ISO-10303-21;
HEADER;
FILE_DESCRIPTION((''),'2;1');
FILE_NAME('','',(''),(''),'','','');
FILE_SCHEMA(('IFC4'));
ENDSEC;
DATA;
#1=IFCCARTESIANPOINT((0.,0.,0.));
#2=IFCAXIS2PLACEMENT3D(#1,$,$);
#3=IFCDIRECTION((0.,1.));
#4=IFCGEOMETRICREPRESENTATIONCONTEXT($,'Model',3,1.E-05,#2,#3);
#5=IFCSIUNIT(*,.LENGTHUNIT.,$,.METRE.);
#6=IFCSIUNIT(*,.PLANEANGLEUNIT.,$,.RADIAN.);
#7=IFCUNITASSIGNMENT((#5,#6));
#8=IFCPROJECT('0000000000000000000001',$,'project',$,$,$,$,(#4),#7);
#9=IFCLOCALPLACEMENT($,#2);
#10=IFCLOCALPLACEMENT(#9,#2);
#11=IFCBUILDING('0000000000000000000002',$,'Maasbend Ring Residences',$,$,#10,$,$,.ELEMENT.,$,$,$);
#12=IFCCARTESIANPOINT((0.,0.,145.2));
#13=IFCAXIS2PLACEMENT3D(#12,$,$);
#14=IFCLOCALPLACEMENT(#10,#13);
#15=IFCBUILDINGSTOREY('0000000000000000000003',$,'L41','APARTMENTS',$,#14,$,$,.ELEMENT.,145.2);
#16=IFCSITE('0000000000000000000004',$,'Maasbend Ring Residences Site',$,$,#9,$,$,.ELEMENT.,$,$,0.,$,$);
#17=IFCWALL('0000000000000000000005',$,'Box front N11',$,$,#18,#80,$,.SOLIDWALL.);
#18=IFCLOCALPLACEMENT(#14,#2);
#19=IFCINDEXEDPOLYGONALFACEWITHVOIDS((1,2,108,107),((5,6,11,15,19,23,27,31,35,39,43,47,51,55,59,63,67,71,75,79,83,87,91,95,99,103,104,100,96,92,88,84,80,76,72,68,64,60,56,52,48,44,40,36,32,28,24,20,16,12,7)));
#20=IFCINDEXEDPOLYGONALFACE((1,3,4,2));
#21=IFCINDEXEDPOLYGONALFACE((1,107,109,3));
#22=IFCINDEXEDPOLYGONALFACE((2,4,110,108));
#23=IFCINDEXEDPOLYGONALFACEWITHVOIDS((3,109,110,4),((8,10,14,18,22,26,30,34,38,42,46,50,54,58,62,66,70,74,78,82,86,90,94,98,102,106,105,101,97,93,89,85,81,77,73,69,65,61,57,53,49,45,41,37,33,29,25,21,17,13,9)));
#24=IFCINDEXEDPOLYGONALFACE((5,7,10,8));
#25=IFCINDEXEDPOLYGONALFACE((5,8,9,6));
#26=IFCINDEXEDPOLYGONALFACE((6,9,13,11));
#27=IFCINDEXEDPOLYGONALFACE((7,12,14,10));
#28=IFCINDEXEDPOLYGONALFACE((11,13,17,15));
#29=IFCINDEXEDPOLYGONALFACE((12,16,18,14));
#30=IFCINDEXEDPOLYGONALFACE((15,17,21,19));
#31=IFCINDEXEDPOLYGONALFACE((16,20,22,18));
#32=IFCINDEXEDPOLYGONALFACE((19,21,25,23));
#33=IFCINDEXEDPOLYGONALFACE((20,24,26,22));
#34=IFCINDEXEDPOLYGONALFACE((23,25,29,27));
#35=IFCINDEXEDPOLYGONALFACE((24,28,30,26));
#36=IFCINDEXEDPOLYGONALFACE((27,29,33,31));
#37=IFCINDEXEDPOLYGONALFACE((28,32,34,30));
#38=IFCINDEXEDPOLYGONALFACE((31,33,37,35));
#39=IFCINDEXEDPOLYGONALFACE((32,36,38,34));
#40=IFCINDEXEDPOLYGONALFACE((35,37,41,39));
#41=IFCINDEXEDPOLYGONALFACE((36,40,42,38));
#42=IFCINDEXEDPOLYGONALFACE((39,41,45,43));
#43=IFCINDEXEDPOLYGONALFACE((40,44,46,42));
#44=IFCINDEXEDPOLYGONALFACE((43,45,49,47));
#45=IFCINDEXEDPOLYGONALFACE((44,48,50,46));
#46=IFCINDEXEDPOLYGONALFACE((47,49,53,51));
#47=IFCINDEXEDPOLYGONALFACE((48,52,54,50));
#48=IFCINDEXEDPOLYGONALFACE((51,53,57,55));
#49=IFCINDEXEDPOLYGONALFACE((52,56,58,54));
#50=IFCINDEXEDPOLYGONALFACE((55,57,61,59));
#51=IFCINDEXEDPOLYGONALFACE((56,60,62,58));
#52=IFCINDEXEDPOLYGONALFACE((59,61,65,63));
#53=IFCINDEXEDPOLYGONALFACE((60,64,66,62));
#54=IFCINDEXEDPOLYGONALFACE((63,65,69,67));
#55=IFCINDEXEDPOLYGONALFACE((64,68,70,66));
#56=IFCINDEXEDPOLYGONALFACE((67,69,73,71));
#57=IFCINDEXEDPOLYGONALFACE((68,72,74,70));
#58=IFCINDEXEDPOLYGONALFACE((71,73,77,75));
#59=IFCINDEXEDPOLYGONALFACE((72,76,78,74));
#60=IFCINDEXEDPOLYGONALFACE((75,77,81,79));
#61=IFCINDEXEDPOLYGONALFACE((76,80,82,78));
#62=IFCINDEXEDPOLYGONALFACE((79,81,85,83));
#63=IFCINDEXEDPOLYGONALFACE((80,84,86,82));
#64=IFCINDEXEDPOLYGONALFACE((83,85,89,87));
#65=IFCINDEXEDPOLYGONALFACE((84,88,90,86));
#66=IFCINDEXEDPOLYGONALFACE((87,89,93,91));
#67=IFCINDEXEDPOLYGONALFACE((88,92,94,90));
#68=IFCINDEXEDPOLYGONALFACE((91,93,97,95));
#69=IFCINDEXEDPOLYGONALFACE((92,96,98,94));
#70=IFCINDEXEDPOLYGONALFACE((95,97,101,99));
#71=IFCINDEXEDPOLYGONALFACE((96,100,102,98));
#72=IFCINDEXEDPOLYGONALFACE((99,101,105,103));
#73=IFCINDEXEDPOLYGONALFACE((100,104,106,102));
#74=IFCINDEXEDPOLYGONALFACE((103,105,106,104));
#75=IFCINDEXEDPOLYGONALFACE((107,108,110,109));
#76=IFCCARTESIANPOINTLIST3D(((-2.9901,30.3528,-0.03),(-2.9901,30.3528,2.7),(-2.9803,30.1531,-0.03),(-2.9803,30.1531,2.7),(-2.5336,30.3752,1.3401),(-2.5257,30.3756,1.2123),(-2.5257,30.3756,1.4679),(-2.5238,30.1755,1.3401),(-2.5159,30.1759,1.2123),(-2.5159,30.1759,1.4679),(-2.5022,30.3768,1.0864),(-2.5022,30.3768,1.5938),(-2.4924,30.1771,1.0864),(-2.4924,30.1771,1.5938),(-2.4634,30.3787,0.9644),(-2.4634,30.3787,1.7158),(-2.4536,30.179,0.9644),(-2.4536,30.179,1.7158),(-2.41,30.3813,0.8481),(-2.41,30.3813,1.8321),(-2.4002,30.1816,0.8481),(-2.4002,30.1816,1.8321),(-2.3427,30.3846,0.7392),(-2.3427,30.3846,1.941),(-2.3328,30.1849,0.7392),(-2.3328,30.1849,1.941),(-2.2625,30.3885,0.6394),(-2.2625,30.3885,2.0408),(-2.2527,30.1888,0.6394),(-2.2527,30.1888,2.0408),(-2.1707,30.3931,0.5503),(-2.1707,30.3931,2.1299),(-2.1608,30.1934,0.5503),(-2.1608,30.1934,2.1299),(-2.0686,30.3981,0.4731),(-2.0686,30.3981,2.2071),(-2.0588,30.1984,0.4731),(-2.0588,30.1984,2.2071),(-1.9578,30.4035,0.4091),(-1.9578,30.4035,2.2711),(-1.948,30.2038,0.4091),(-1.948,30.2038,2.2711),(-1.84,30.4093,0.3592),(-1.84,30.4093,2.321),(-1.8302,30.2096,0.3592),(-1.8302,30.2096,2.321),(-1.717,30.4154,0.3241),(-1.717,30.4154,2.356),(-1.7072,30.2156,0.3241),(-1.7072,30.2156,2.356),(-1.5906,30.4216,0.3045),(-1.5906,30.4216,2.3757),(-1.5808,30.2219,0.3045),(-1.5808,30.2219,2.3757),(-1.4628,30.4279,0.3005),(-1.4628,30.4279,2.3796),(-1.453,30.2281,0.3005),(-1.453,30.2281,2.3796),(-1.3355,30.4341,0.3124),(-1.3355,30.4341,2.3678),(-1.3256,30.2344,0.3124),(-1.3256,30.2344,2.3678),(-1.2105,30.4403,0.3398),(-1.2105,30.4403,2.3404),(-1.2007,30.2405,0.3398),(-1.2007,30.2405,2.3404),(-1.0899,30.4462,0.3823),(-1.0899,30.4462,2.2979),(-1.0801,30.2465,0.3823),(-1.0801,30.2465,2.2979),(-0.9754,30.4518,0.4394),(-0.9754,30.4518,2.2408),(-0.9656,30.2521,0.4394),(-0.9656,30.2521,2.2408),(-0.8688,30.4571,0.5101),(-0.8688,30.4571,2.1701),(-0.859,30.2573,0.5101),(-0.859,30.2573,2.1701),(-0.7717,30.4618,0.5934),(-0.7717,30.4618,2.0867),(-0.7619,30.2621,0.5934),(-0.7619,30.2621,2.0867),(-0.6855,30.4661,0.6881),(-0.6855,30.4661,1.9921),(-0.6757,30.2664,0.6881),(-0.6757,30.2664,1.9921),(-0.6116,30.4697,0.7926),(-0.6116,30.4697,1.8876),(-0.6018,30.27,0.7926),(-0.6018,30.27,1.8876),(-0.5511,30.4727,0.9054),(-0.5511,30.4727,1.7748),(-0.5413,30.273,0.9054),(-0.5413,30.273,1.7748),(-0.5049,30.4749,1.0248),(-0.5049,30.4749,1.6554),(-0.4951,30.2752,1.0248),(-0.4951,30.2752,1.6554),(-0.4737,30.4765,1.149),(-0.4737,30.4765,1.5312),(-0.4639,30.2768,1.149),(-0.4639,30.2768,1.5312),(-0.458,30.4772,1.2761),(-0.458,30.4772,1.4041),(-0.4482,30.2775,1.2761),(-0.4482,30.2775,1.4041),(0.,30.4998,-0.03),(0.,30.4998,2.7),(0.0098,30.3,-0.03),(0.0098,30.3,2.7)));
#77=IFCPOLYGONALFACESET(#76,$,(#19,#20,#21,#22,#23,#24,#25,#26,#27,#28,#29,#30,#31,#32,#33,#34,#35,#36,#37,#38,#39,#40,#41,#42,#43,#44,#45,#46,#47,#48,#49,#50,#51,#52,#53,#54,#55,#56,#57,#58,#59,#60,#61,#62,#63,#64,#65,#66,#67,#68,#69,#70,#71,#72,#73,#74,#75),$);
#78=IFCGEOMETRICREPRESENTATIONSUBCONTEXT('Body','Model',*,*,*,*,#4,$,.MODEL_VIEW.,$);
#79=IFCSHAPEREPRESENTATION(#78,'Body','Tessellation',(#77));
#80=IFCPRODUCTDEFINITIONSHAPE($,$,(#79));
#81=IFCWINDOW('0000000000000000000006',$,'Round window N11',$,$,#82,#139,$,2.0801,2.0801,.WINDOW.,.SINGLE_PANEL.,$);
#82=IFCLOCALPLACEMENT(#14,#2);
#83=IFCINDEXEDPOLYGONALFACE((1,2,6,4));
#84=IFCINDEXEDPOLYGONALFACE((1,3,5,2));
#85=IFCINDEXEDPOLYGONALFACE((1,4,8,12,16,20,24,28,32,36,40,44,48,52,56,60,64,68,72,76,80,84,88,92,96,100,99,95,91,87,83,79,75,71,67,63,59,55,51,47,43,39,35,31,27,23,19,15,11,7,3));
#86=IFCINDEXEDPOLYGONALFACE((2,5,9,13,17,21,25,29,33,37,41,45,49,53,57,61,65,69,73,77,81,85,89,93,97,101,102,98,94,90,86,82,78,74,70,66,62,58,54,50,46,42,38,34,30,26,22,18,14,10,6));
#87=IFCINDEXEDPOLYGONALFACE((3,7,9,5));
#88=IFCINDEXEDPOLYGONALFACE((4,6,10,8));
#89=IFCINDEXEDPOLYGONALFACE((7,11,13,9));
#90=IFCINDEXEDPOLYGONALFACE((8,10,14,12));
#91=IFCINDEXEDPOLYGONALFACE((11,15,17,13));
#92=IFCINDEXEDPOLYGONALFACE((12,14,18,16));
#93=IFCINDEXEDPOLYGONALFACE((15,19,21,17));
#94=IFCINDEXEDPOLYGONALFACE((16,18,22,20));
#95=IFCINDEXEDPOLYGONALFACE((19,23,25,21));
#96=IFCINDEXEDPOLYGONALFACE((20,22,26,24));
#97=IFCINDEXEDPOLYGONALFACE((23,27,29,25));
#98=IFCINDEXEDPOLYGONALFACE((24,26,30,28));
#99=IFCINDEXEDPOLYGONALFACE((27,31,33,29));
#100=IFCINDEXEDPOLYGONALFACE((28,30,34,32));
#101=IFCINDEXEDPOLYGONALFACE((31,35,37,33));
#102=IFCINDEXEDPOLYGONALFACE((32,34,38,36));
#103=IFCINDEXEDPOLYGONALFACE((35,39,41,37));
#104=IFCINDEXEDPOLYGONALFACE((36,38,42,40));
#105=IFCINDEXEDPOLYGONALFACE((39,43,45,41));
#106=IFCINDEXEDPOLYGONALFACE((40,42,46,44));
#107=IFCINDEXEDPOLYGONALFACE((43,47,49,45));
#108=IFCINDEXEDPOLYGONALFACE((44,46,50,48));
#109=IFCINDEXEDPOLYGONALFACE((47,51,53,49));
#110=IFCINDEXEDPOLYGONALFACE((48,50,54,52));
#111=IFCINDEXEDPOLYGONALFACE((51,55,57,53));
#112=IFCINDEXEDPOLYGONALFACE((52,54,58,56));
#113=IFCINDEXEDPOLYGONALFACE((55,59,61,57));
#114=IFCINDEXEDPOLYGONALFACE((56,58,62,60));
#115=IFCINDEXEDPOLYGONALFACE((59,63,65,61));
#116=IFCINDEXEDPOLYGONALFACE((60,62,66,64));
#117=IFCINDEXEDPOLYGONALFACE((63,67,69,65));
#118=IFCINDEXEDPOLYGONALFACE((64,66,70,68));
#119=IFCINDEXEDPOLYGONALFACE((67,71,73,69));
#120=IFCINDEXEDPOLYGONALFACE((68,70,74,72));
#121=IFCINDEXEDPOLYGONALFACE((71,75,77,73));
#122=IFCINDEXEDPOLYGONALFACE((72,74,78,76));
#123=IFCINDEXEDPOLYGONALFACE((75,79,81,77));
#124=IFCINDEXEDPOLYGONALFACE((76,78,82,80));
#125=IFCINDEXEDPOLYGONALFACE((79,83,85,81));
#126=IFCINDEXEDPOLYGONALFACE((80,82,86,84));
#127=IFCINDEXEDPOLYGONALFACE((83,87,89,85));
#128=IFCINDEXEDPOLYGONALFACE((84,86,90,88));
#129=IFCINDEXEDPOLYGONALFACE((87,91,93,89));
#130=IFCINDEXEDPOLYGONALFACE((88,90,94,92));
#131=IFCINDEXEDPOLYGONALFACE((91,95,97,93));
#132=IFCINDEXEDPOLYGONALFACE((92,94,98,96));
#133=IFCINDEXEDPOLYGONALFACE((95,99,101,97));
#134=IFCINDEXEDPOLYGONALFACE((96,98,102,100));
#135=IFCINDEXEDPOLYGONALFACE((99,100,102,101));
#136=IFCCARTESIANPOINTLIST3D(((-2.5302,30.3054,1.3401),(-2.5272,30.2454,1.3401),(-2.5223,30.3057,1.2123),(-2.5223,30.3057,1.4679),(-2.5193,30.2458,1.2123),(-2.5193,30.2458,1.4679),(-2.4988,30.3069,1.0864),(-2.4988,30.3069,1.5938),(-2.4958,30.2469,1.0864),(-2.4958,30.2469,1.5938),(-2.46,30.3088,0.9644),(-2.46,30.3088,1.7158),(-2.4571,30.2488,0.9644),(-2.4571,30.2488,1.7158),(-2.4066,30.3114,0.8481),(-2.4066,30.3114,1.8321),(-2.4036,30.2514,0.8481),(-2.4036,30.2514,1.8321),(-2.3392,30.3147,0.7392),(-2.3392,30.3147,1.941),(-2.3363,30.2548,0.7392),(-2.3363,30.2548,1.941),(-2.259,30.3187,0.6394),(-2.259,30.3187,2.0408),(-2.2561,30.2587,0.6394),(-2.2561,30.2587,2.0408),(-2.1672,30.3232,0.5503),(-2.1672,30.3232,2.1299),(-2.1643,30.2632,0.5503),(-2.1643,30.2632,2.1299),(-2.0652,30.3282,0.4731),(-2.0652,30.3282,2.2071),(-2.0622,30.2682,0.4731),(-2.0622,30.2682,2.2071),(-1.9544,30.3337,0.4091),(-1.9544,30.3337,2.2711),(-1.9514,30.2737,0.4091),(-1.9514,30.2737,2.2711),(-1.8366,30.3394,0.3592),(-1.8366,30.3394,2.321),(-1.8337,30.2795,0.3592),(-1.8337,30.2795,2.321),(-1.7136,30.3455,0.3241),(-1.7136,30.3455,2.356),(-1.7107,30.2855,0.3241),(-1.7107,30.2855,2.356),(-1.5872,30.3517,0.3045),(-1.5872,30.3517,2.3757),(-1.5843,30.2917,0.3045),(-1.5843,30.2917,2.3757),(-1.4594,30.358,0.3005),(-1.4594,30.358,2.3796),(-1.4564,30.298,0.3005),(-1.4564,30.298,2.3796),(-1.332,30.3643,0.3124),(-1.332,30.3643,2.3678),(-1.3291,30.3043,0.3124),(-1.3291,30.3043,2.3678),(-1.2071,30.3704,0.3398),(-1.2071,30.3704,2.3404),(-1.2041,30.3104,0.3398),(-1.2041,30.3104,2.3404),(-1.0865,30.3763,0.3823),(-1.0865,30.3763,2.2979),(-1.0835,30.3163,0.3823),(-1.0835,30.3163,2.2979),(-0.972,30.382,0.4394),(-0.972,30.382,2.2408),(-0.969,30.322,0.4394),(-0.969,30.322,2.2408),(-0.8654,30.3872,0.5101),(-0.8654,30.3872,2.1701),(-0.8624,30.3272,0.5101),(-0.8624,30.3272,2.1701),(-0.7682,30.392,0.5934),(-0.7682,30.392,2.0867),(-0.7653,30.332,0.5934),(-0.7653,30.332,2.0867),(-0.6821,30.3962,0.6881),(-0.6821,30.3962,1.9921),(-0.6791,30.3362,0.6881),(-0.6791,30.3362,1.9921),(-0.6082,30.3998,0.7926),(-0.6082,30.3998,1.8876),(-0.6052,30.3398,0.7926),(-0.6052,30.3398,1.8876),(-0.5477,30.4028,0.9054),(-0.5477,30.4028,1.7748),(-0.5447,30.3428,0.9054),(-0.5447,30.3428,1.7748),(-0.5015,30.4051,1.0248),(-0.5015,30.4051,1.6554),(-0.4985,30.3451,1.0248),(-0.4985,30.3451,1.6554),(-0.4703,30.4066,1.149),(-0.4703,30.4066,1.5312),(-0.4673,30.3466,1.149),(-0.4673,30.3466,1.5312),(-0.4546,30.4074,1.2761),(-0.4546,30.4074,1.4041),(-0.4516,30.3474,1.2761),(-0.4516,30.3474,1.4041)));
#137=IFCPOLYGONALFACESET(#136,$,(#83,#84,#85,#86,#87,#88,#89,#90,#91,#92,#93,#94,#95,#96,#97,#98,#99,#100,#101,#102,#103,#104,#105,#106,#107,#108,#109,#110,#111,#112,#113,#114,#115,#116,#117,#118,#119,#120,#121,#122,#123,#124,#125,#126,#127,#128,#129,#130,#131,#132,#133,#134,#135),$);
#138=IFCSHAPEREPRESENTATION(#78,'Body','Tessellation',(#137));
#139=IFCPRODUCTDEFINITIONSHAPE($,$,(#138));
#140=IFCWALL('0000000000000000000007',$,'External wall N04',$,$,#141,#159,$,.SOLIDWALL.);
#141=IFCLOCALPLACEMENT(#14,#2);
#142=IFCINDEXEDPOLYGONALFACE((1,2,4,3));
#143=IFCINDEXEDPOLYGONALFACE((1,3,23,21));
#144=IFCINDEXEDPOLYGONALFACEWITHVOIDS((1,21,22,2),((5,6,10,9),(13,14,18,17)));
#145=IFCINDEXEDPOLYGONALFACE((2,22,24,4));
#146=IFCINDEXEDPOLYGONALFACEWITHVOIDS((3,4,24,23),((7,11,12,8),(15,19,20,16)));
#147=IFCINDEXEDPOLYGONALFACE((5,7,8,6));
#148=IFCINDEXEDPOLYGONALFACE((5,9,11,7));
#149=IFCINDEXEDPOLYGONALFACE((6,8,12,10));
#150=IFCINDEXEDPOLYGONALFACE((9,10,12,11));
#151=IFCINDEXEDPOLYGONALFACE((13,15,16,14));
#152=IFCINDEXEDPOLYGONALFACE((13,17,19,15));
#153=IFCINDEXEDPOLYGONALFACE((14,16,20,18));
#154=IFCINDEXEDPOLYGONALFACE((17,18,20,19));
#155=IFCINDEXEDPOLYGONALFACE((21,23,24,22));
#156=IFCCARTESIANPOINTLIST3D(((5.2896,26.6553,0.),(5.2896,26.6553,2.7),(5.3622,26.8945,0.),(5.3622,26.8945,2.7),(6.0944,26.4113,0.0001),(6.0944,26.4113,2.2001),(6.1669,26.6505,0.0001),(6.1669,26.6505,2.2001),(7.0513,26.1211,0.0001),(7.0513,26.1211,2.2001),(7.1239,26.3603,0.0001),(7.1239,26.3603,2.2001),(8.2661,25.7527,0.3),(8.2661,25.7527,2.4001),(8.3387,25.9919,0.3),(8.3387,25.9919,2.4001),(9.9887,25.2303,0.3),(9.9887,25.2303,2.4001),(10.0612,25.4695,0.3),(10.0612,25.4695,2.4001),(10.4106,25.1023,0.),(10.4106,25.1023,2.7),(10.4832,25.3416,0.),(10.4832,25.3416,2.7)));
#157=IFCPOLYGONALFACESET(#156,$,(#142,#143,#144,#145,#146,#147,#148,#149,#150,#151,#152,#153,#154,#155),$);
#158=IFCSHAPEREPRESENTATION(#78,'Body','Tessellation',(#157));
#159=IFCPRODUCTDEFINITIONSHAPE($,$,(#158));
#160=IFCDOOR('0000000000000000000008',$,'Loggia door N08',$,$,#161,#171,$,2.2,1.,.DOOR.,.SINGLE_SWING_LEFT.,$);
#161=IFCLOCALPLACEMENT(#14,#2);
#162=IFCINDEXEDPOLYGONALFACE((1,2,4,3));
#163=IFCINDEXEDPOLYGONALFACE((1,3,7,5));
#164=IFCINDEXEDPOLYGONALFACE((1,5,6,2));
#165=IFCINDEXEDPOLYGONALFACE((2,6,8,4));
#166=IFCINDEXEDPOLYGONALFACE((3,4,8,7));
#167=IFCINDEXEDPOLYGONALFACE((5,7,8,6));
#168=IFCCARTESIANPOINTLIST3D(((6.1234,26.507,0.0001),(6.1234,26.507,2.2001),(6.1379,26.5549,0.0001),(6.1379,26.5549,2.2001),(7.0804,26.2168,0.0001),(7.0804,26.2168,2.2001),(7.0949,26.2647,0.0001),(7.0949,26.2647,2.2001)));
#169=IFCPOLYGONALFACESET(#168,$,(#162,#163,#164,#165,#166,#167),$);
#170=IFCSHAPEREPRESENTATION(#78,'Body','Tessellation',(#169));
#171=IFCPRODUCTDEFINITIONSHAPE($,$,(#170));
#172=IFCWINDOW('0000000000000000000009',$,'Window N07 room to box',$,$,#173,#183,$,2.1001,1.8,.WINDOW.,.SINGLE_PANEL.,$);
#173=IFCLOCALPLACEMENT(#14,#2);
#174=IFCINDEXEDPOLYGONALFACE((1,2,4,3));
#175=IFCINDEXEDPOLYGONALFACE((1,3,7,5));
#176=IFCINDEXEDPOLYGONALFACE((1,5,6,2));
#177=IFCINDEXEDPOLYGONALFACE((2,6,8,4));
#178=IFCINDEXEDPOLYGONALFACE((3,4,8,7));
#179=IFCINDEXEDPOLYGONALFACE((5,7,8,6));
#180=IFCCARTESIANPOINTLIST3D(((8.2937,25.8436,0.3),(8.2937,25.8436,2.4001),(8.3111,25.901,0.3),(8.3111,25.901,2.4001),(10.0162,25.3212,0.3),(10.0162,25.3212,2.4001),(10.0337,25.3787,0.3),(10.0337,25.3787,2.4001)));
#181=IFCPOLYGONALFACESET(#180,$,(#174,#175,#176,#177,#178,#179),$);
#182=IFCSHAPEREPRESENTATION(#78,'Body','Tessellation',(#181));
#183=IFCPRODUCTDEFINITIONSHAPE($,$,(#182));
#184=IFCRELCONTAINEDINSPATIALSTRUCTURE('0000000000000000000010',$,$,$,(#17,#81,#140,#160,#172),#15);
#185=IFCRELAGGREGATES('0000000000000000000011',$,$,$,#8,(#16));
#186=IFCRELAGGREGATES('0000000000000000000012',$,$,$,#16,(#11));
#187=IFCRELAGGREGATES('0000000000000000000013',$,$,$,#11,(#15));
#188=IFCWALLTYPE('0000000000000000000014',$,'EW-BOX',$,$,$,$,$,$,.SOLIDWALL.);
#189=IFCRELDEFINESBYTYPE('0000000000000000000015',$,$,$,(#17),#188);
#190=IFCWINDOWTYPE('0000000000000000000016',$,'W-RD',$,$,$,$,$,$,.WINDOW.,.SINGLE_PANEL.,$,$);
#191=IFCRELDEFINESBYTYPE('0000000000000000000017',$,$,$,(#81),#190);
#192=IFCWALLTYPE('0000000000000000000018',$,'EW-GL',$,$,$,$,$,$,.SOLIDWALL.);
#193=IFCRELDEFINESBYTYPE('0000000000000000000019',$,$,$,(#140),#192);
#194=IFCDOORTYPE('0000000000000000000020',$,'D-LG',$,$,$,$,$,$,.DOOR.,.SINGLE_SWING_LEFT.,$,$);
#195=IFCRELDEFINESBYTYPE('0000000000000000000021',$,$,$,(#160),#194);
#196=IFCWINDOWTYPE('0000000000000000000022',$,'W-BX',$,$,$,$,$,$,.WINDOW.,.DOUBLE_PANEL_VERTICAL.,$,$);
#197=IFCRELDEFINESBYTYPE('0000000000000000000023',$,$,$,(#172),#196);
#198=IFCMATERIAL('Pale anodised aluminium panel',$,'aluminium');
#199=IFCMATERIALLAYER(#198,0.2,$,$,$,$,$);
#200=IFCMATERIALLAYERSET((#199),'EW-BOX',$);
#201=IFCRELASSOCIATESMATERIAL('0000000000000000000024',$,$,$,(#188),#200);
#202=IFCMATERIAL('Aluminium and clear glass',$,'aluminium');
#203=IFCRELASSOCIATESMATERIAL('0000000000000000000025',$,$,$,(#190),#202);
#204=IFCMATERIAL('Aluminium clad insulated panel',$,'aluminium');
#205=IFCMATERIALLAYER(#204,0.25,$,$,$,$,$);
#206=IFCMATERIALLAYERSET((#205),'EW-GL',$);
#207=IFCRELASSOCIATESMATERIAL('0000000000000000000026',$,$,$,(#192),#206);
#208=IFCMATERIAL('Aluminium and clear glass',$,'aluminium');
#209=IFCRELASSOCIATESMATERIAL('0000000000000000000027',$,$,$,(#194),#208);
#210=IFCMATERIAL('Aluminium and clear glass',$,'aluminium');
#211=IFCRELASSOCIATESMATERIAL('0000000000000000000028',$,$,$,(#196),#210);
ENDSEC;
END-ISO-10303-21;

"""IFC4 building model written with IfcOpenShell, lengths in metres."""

from ifc_helpers import new_model, si_unit, direction, frame, frame_2d, origin, place, context, subcontext, project, spatial, rectangle, circle, extrude, material, layer, layer_set, type_object, element, fill, save


model = new_model("IFC4")

# Units and contexts
model_context = context("Model", 3, precision=1e-05, world=origin(), true_north=direction((0.0, 1.0)))
body_context = subcontext(model_context, "Body", "Model", "MODEL_VIEW")
ifc_project = project(units=[si_unit("LENGTHUNIT", "METRE"), si_unit("PLANEANGLEUNIT", "RADIAN")], contexts=[model_context])

# Site, building, storey
site_placement = place(None, origin())
site = spatial("IfcSite", under=ifc_project, at=site_placement, Name="Maasbend Ring Residences Site", CompositionType="ELEMENT", RefElevation=0.0)
building_placement = place(site_placement, origin())
building = spatial("IfcBuilding", under=site, at=building_placement, Name="Maasbend Ring Residences", CompositionType="ELEMENT")
storey_placement = place(building_placement, frame((0.0, 0.0, 145.2)))
storey = spatial("IfcBuildingStorey", under=building, at=storey_placement, Name="L41", Description="APARTMENTS", CompositionType="ELEMENT", Elevation=145.2)

# Shared definitions
ifc_material_1 = material(Name="Pale anodised aluminium panel", Category="aluminium")
ifc_layer_1 = layer(ifc_material_1, 0.2)
ifc_layer_set_1 = layer_set([ifc_layer_1], Name="EW-BOX")
wall_type_1 = type_object("IfcWallType", Name="EW-BOX", PredefinedType="SOLIDWALL", material=ifc_layer_set_1)

# Shared definitions
ifc_material_2 = material(Name="Aluminium and clear glass", Category="aluminium")
window_type_1 = type_object("IfcWindowType", Name="W-RD", PartitioningType="SINGLE_PANEL", PredefinedType="WINDOW", material=ifc_material_2)

# Wall, opening, window
wall_1_placement = place(storey_placement, frame((0.0049, 30.3999, -0.03), z_axis=(0.0, 0.0, 1.0), x_axis=(-0.998794, -0.049096, 0.0)))
wall_1 = element("IfcWall", 1, at=wall_1_placement, inside=storey, type_object=wall_type_1, Name="Box front N11", PredefinedType="SOLIDWALL", context=body_context, shape_type="SweptSolid", body=[
    extrude(rectangle(XDim=2.9937, YDim=0.2, at=frame_2d((1.4968, 0.0))), origin(), (0.0, 0.0, 1.0), 2.73),
])
opening_1_placement = place(wall_1_placement, frame((0.4565, 0.0, 0.3301)))
opening_1 = element("IfcOpeningElement", 2, at=opening_1_placement, cuts=wall_1, PredefinedType="OPENING", context=body_context, shape_type="SweptSolid", body=[
    extrude(circle(Radius=1.04, at=frame_2d((1.04, 1.04))), frame((0.0, 0.1099, 0.0), z_axis=(0.0, -1.0, 0.0), x_axis=(1.0, 0.0, 0.0)), (0.0, 0.0, 1.0), 0.22),
])
window_1_placement = place(opening_1_placement, origin())
window_1 = element("IfcWindow", 3, at=window_1_placement, inside=storey, type_object=window_type_1, Name="Round window N11", OverallHeight=2.0801, OverallWidth=2.0801, PartitioningType="SINGLE_PANEL", PredefinedType="WINDOW", context=body_context, shape_type="SweptSolid", body=[
    extrude(circle(Radius=1.04, at=frame_2d((1.04, 1.04))), frame((0.0, 0.03, 0.0), z_axis=(0.0, -1.0, 0.0), x_axis=(1.0, 0.0, 0.0)), (0.0, 0.0, 1.0), 0.0601),
])
fill(opening_1, window_1)

# Wall, openings, door, window
ifc_material_3 = material(Name="Aluminium clad insulated panel", Category="aluminium")
ifc_layer_2 = layer(ifc_material_3, 0.25)
ifc_layer_set_2 = layer_set([ifc_layer_2], Name="EW-GL")
wall_type_2 = type_object("IfcWallType", Name="EW-GL", PredefinedType="SOLIDWALL", material=ifc_layer_set_2)
wall_2_placement = place(storey_placement, frame((10.447, 25.2219, 0.0), z_axis=(0.0, 0.0, 1.0), x_axis=(-0.956966, 0.290201, 0.0)))
wall_2 = element("IfcWall", 4, at=wall_2_placement, inside=storey, type_object=wall_type_2, Name="External wall N04", PredefinedType="SOLIDWALL", context=body_context, shape_type="SweptSolid", body=[
    extrude(rectangle(XDim=5.3513, YDim=0.25, at=frame_2d((2.6758, 0.0))), origin(), (0.0, 0.0, 1.0), 2.7),
])
opening_2_placement = place(wall_2_placement, frame((0.4412, 0.0, 0.3)))
opening_2 = element("IfcOpeningElement", 5, at=opening_2_placement, cuts=wall_2, PredefinedType="OPENING", context=body_context, shape_type="SweptSolid", body=[
    extrude(rectangle(XDim=1.8, YDim=2.1001, at=frame_2d((0.8999, 1.05))), frame((0.0, 0.135, 0.0), z_axis=(0.0, -1.0, 0.0), x_axis=(1.0, 0.0, 0.0)), (0.0, 0.0, 1.0), 0.27),
])
opening_3_placement = place(wall_2_placement, frame((3.5105, 0.0, 0.0)))
opening_3 = element("IfcOpeningElement", 6, at=opening_3_placement, cuts=wall_2, PredefinedType="OPENING", context=body_context, shape_type="SweptSolid", body=[
    extrude(rectangle(XDim=1.0, YDim=2.2, at=frame_2d((0.5, 1.1001))), frame((0.0, 0.135, 0.0), z_axis=(0.0, -1.0, 0.0), x_axis=(1.0, 0.0, 0.0)), (0.0, 0.0, 1.0), 0.27),
])
ifc_material_4 = material(Name="Aluminium and clear glass", Category="aluminium")
door_type_1 = type_object("IfcDoorType", Name="D-LG", OperationType="SINGLE_SWING_LEFT", PredefinedType="DOOR", material=ifc_material_4)
door_1_placement = place(opening_3_placement, origin())
door_1 = element("IfcDoor", 7, at=door_1_placement, inside=storey, type_object=door_type_1, Name="Loggia door N08", OperationType="SINGLE_SWING_LEFT", OverallHeight=2.2, OverallWidth=1.0, PredefinedType="DOOR", context=body_context, shape_type="SweptSolid", body=[
    extrude(rectangle(XDim=1.0, YDim=2.2, at=frame_2d((0.5, 1.1001))), frame((0.0, 0.0249, 0.0), z_axis=(0.0, -1.0, 0.0), x_axis=(1.0, 0.0, 0.0)), (0.0, 0.0, 1.0), 0.05),
])
fill(opening_3, door_1)
ifc_material_5 = material(Name="Aluminium and clear glass", Category="aluminium")
window_type_2 = type_object("IfcWindowType", Name="W-BX", PartitioningType="DOUBLE_PANEL_VERTICAL", PredefinedType="WINDOW", material=ifc_material_5)
window_2_placement = place(opening_2_placement, origin())
window_2 = element("IfcWindow", 8, at=window_2_placement, inside=storey, type_object=window_type_2, Name="Window N07 room to box", OverallHeight=2.1001, OverallWidth=1.8, PartitioningType="SINGLE_PANEL", PredefinedType="WINDOW", context=body_context, shape_type="SweptSolid", body=[
    extrude(rectangle(XDim=1.8, YDim=2.1001, at=frame_2d((0.8999, 1.05))), frame((0.0, 0.03, 0.0), z_axis=(0.0, -1.0, 0.0), x_axis=(1.0, 0.0, 0.0)), (0.0, 0.0, 1.0), 0.0601),
])
fill(opening_2, window_2)

save(model, "model.ifc")
